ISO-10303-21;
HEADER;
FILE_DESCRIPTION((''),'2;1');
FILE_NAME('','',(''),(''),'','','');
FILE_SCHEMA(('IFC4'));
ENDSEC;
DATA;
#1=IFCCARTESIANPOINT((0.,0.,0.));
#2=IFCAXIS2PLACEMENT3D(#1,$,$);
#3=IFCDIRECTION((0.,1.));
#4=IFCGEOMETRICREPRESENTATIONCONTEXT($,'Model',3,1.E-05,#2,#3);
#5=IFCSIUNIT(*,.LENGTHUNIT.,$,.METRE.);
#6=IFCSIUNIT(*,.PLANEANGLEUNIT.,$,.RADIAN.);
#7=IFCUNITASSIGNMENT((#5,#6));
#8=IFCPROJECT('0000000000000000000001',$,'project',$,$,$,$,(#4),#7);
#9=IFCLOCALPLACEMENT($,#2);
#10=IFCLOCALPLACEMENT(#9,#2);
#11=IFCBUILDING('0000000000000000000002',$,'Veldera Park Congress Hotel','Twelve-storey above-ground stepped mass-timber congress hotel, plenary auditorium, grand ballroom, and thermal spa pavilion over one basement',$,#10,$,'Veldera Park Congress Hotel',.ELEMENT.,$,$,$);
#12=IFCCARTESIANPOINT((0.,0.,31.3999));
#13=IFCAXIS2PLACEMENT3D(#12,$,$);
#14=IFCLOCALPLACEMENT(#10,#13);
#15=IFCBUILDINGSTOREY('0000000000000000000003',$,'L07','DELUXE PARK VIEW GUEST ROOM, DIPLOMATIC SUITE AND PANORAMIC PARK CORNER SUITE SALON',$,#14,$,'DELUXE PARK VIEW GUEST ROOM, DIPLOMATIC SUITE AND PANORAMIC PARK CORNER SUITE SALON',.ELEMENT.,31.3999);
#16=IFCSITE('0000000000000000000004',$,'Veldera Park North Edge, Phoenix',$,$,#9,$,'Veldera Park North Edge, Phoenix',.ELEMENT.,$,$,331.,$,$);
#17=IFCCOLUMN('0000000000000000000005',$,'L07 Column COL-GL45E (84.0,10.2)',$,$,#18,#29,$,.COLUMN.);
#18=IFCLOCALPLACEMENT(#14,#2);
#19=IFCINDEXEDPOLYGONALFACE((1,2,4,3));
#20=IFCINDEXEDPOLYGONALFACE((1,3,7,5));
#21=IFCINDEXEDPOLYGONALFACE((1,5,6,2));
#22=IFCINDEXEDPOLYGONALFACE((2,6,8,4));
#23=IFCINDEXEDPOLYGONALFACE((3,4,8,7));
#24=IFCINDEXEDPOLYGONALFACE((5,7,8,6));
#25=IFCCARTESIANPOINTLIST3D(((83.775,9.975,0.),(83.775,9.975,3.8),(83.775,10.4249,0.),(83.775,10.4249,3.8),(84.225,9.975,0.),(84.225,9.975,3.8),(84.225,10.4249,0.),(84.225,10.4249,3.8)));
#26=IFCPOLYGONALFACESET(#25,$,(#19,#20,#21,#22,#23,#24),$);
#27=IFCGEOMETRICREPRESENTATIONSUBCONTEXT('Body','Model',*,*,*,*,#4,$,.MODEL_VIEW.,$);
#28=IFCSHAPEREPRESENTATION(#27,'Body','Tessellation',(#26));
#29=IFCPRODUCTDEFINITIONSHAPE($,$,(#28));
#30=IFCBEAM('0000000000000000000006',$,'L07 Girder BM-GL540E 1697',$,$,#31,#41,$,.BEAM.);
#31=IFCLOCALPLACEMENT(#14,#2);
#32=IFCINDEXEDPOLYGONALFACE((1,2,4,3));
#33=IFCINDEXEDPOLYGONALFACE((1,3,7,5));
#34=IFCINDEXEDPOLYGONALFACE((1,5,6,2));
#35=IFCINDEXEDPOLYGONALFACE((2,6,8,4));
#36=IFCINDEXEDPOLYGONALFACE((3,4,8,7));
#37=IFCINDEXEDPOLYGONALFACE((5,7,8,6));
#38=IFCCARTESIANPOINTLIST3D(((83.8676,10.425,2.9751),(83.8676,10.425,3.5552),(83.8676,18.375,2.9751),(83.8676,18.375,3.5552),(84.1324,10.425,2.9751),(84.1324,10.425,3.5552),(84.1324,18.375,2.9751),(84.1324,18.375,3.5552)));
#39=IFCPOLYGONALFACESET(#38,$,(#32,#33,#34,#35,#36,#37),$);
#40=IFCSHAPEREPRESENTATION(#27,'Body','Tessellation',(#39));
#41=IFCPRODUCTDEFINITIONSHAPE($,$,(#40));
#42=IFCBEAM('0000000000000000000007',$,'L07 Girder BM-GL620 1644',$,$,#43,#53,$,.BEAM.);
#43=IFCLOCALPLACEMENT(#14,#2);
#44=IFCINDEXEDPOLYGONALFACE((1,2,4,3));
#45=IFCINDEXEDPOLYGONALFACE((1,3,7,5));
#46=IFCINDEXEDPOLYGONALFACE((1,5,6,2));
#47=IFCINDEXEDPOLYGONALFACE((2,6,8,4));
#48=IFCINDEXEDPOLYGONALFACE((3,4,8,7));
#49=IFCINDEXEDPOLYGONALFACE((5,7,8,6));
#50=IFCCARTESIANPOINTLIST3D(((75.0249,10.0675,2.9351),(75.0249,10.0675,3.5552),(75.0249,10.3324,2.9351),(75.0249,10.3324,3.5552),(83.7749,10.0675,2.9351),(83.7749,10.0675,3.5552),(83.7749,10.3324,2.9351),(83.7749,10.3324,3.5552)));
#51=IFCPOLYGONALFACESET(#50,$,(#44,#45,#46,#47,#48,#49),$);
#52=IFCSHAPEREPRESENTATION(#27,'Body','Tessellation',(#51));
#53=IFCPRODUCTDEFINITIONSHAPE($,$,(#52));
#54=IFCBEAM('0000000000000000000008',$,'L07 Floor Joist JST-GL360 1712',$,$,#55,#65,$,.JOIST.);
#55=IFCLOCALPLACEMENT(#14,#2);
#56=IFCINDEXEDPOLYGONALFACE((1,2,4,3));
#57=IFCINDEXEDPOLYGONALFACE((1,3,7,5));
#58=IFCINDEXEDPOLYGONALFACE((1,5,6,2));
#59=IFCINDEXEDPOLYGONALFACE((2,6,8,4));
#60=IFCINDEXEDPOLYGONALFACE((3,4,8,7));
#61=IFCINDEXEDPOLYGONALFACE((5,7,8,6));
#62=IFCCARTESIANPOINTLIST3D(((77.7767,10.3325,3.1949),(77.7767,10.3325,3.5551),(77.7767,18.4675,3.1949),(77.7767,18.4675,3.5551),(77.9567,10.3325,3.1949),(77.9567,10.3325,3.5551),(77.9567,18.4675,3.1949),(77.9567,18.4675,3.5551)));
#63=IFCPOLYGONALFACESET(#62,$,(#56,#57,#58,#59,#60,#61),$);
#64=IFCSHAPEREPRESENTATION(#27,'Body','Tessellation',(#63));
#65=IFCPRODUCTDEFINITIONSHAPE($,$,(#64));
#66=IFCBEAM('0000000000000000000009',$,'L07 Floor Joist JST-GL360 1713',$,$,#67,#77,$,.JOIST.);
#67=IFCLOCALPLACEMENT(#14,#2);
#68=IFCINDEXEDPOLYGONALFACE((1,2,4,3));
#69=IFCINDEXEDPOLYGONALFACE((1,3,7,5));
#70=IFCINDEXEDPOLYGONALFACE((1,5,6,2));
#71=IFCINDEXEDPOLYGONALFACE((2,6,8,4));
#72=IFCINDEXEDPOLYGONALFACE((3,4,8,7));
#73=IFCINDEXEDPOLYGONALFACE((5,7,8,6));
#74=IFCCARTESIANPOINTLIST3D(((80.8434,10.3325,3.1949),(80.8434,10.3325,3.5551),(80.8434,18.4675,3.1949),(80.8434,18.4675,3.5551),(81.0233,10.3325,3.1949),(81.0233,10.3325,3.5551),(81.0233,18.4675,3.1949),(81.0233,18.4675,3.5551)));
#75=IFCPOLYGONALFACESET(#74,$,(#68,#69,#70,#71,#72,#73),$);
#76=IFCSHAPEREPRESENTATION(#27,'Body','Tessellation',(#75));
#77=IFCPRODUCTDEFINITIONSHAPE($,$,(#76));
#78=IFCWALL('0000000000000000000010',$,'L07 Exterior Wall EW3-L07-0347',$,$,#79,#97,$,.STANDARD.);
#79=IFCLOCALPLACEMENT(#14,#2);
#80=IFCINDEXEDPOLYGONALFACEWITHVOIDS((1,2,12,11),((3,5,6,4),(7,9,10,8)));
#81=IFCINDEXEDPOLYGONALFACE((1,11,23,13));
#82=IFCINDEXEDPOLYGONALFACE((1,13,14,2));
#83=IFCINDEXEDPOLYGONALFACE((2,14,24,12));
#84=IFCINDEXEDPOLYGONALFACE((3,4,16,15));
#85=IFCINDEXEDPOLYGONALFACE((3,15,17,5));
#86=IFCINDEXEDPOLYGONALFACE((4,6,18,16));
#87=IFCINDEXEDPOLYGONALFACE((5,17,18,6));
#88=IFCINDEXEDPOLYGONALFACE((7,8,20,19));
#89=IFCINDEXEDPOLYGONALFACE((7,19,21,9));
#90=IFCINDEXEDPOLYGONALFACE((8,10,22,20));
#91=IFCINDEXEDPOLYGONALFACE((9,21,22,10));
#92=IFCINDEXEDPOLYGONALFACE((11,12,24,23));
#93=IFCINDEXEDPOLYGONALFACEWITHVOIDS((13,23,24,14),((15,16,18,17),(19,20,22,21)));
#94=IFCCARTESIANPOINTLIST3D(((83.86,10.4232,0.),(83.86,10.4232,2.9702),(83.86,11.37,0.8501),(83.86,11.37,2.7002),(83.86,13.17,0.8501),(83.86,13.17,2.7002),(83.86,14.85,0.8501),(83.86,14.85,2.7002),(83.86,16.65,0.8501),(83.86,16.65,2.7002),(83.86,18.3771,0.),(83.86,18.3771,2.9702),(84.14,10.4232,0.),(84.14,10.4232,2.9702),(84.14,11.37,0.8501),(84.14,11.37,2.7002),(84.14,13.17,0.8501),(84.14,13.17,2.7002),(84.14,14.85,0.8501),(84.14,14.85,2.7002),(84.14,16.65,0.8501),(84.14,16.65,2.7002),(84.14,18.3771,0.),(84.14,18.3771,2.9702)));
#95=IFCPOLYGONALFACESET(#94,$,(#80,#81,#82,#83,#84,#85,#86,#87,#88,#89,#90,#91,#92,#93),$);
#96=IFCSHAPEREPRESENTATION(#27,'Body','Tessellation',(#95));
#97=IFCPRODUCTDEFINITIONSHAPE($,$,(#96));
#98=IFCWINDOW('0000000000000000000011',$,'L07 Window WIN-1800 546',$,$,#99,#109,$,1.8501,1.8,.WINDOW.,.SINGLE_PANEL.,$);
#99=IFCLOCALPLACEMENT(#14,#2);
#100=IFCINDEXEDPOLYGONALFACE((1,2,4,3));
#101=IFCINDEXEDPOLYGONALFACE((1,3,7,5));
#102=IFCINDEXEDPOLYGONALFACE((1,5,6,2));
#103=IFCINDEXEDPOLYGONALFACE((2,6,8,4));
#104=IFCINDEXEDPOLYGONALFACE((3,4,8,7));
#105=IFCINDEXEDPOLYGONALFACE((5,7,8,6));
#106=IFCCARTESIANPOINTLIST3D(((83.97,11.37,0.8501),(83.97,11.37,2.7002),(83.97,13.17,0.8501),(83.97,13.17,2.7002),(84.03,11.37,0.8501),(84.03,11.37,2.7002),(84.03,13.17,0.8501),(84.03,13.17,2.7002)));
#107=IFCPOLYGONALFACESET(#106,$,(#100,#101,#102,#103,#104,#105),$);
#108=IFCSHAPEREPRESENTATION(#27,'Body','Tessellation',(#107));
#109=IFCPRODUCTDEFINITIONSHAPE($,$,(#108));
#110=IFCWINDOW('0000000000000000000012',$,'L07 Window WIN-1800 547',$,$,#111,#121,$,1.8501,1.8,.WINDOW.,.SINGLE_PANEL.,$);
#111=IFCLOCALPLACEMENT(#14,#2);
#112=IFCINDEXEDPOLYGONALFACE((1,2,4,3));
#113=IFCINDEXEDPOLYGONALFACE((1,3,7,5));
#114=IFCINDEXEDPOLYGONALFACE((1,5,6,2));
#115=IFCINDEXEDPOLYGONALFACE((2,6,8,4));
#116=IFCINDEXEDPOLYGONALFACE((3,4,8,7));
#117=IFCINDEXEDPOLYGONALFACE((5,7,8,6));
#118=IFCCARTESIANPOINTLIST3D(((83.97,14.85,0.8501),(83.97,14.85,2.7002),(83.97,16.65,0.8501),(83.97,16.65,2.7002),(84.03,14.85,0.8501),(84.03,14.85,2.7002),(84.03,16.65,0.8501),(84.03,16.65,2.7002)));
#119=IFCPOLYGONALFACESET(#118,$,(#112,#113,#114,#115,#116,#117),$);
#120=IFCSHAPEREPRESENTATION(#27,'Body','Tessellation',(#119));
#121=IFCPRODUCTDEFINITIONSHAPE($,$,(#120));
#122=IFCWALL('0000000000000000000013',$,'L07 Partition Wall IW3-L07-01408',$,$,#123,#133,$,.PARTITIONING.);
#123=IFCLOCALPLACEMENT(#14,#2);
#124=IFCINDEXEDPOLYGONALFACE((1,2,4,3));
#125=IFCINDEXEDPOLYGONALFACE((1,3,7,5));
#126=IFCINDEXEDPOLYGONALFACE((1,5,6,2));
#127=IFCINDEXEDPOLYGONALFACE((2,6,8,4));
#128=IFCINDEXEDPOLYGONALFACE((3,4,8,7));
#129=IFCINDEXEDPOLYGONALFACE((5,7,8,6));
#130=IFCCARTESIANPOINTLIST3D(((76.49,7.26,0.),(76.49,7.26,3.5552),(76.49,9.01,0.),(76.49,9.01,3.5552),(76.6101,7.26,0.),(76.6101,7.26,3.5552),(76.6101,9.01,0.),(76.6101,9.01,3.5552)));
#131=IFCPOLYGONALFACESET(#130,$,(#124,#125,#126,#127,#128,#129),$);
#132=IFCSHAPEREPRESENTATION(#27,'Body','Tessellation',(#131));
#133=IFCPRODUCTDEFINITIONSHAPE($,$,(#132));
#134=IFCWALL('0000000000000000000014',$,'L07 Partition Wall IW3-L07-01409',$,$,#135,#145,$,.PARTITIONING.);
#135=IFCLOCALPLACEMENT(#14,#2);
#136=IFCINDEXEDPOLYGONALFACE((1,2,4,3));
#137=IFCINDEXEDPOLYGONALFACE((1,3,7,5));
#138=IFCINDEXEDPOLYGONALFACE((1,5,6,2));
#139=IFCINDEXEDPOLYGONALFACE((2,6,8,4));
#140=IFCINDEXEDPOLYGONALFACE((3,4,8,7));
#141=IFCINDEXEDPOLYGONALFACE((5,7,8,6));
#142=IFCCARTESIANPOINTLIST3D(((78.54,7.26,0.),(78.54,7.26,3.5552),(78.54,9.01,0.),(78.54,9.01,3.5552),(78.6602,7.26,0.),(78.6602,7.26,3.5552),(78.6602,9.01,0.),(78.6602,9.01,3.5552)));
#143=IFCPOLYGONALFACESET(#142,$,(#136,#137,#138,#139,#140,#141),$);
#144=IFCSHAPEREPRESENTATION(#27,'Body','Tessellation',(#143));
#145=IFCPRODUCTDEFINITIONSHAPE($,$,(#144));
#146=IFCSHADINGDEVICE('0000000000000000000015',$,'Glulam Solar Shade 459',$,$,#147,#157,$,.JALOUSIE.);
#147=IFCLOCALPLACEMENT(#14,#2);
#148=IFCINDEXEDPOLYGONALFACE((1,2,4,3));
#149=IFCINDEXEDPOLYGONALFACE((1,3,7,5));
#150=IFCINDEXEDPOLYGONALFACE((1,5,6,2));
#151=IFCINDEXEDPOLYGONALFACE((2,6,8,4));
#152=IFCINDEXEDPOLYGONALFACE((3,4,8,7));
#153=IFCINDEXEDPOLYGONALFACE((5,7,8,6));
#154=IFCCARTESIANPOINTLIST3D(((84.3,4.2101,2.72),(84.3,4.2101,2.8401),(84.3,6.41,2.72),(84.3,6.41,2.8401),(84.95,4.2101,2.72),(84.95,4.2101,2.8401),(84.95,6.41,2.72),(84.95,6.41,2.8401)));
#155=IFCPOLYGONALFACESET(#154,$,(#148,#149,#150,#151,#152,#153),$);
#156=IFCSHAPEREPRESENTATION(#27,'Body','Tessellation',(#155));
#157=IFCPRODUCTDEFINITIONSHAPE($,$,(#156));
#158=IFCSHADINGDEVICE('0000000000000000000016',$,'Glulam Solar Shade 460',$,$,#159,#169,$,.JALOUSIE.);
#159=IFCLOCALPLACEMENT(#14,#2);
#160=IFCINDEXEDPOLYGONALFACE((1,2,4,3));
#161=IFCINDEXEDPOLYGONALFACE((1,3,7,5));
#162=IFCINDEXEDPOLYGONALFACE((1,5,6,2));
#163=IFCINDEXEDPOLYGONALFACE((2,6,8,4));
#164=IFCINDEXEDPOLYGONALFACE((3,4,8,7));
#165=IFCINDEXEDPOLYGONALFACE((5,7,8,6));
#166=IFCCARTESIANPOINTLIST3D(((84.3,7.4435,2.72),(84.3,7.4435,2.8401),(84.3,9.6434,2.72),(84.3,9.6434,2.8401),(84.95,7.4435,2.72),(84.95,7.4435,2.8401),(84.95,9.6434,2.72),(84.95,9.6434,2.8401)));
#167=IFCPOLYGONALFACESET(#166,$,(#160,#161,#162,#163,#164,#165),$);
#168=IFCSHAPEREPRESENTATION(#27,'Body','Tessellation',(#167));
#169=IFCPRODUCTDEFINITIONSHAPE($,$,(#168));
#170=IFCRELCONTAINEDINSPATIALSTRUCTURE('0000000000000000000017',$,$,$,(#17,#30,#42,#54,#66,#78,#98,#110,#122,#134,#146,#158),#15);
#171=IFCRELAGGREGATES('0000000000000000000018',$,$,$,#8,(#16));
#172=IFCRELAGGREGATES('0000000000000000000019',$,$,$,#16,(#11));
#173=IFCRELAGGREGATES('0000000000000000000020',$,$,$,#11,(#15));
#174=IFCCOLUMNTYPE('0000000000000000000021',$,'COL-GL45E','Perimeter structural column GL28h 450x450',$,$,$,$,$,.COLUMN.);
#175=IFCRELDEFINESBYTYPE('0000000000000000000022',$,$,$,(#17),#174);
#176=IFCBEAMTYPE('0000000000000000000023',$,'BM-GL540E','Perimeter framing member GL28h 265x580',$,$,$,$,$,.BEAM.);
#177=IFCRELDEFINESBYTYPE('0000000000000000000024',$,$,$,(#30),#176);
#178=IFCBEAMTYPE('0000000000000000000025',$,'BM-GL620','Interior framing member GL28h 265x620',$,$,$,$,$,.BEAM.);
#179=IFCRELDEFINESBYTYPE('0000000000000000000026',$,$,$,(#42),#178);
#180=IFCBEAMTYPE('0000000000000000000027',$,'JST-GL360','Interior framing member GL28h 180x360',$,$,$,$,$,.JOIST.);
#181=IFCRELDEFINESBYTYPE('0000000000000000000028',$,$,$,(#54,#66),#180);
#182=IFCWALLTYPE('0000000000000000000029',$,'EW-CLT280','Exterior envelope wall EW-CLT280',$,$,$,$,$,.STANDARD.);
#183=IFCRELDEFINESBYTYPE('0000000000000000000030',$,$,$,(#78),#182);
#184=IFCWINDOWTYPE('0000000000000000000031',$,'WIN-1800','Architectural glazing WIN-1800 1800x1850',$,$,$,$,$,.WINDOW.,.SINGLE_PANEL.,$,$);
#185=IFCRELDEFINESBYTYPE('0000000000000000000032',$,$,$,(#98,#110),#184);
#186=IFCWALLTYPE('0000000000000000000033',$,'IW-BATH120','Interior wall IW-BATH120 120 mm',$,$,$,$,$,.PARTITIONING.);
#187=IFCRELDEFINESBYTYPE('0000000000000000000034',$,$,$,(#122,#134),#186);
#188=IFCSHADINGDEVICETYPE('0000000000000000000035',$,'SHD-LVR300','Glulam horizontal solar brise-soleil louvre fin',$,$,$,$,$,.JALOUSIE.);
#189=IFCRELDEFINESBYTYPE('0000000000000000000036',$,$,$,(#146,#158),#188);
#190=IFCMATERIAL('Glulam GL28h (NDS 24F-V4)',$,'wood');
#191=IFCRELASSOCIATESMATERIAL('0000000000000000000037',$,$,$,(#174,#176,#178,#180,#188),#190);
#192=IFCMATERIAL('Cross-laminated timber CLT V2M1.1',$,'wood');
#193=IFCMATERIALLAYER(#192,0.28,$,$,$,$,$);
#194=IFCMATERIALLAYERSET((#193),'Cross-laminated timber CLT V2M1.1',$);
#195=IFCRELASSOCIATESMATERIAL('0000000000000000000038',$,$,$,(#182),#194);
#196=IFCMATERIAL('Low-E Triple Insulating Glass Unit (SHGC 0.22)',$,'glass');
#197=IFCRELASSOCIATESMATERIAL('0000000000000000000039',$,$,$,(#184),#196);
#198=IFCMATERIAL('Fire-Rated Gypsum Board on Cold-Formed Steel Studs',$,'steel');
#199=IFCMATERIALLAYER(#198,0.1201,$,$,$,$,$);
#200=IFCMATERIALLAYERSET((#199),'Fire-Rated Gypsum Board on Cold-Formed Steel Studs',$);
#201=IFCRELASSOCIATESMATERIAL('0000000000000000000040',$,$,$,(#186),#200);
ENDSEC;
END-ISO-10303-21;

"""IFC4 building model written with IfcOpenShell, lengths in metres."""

from ifc_helpers import new_model, si_unit, direction, frame, frame_2d, origin, origin_2d, place, context, subcontext, project, spatial, rectangle, extrude, material, layer, layer_set, material_profile, profile_set, type_object, element, fill, save


model = new_model("IFC4")

# Units and contexts
model_context = context("Model", 3, precision=1e-05, world=origin(), true_north=direction((0.0, 1.0)))
body_context = subcontext(model_context, "Body", "Model", "MODEL_VIEW")
ifc_project = project(units=[si_unit("LENGTHUNIT", "METRE"), si_unit("PLANEANGLEUNIT", "RADIAN")], contexts=[model_context])

# Site, building, storey
site_placement = place(None, origin())
site = spatial("IfcSite", under=ifc_project, at=site_placement, Name="Veldera Park North Edge, Phoenix", LongName="Veldera Park North Edge, Phoenix", CompositionType="ELEMENT", RefElevation=331.0)
building_placement = place(site_placement, origin())
building = spatial("IfcBuilding", under=site, at=building_placement, Name="Veldera Park Congress Hotel", Description="Twelve-storey above-ground stepped mass-timber congress hotel, plenary auditorium, grand ballroom, and thermal spa pavilion over one basement", LongName="Veldera Park Congress Hotel", CompositionType="ELEMENT")
storey_placement = place(building_placement, frame((0.0, 0.0, 31.3999)))
storey = spatial("IfcBuildingStorey", under=building, at=storey_placement, Name="L07", Description="DELUXE PARK VIEW GUEST ROOM, DIPLOMATIC SUITE AND PANORAMIC PARK CORNER SUITE SALON", LongName="DELUXE PARK VIEW GUEST ROOM, DIPLOMATIC SUITE AND PANORAMIC PARK CORNER SUITE SALON", CompositionType="ELEMENT", Elevation=31.3999)

# Column
ifc_material_1 = material(Name="Glulam GL28h (NDS 24F-V4)", Category="wood")
ifc_material_profile_1 = material_profile(ifc_material_1, rectangle(XDim=0.45, YDim=0.45, at=origin_2d()), Name="GL28h 450x450")
ifc_profile_set_1 = profile_set([ifc_material_profile_1], Name="Glulam GL28h (NDS 24F-V4)")
column_type = type_object("IfcColumnType", Name="COL-GL45E", Description="Perimeter structural column GL28h 450x450", PredefinedType="COLUMN", material=ifc_profile_set_1)
column_placement = place(storey_placement, frame((84.0, 10.2, 0.0), z_axis=(0.0, 0.0, 1.0), x_axis=(1.0, 0.0, 0.0)))
element("IfcColumn", 1, at=column_placement, inside=storey, type_object=column_type, Name="L07 Column COL-GL45E (84.0,10.2)", PredefinedType="COLUMN", context=body_context, shape_type="SweptSolid", body=[
    extrude(rectangle(XDim=0.45, YDim=0.45, at=origin_2d()), origin(), (0.0, 0.0, 1.0), 3.8),
])

# Beams
ifc_material_profile_2 = material_profile(ifc_material_1, rectangle(XDim=0.2649, YDim=0.5801, at=origin_2d()), Name="GL28h 265x580")
ifc_profile_set_2 = profile_set([ifc_material_profile_2], Name="Glulam GL28h (NDS 24F-V4)")
beam_type_1 = type_object("IfcBeamType", Name="BM-GL540E", Description="Perimeter framing member GL28h 265x580", PredefinedType="BEAM", material=ifc_profile_set_2)
beam_1_placement = place(storey_placement, frame((84.0, 10.425, 3.2651), z_axis=(0.0, 1.0, 0.0), x_axis=(-1.0, 0.0, 0.0)))
element("IfcBeam", 2, at=beam_1_placement, inside=storey, type_object=beam_type_1, Name="L07 Girder BM-GL540E 1697", PredefinedType="BEAM", context=body_context, shape_type="SweptSolid", body=[
    extrude(rectangle(XDim=0.2649, YDim=0.5801, at=origin_2d()), origin(), (0.0, 0.0, 1.0), 7.95),
])
ifc_material_profile_3 = material_profile(ifc_material_1, rectangle(XDim=0.2649, YDim=0.6201, at=origin_2d()), Name="GL28h 265x620")
ifc_profile_set_3 = profile_set([ifc_material_profile_3], Name="Glulam GL28h (NDS 24F-V4)")
beam_type_2 = type_object("IfcBeamType", Name="BM-GL620", Description="Interior framing member GL28h 265x620", PredefinedType="BEAM", material=ifc_profile_set_3)
beam_2_placement = place(storey_placement, frame((75.0249, 10.2, 3.2451), z_axis=(1.0, 0.0, 0.0), x_axis=(0.0, 1.0, 0.0)))
element("IfcBeam", 3, at=beam_2_placement, inside=storey, type_object=beam_type_2, Name="L07 Girder BM-GL620 1644", PredefinedType="BEAM", context=body_context, shape_type="SweptSolid", body=[
    extrude(rectangle(XDim=0.2649, YDim=0.6201, at=origin_2d()), origin(), (0.0, 0.0, 1.0), 8.75),
])
ifc_material_profile_4 = material_profile(ifc_material_1, rectangle(XDim=0.1799, YDim=0.3601, at=origin_2d()), Name="GL28h 180x360")
ifc_profile_set_4 = profile_set([ifc_material_profile_4], Name="Glulam GL28h (NDS 24F-V4)")
beam_type_3 = type_object("IfcBeamType", Name="JST-GL360", Description="Interior framing member GL28h 180x360", PredefinedType="JOIST", material=ifc_profile_set_4)
for number, where, z_axis, x_axis, name in (
    (4, (77.8667, 10.3325, 3.375), (0.0, 1.0, 0.0), (-1.0, 0.0, 0.0), "L07 Floor Joist JST-GL360 1712"),
    (5, (80.9333, 10.3325, 3.375), (0.0, 1.0, 0.0), (-1.0, 0.0, 0.0), "L07 Floor Joist JST-GL360 1713"),
):
    element("IfcBeam", number, at=place(storey_placement, frame(where, z_axis=z_axis, x_axis=x_axis)), inside=storey, type_object=beam_type_3, Name=name, PredefinedType="JOIST", context=body_context, shape_type="SweptSolid", body=[
        extrude(rectangle(XDim=0.1799, YDim=0.3601, at=origin_2d()), origin(), (0.0, 0.0, 1.0), 8.135),
    ])

# Wall, openings, windows
ifc_material_2 = material(Name="Cross-laminated timber CLT V2M1.1", Category="wood")
ifc_layer_1 = layer(ifc_material_2, 0.28)
ifc_layer_set_1 = layer_set([ifc_layer_1], Name="Cross-laminated timber CLT V2M1.1")
wall_type_1 = type_object("IfcWallType", Name="EW-CLT280", Description="Exterior envelope wall EW-CLT280", PredefinedType="STANDARD", material=ifc_layer_set_1)
wall_1_placement = place(storey_placement, frame((84.0, 10.4231, 0.0), z_axis=(0.0, 0.0, 1.0), x_axis=(0.0, 1.0, 0.0)))
wall_1 = element("IfcWall", 6, at=wall_1_placement, inside=storey, type_object=wall_type_1, Name="L07 Exterior Wall EW3-L07-0347", PredefinedType="STANDARD", context=body_context, shape_type="SweptSolid", body=[
    extrude(rectangle(XDim=7.9539, YDim=0.28, at=frame_2d((3.9771, 0.0))), origin(), (0.0, 0.0, 1.0), 2.9702),
])
opening_1_placement = place(wall_1_placement, frame((0.947, 0.0, 0.8501)))
opening_1 = element("IfcOpeningElement", 7, at=opening_1_placement, cuts=wall_1, PredefinedType="OPENING", context=body_context, shape_type="SweptSolid", body=[
    extrude(rectangle(XDim=1.8, YDim=1.8501, at=frame_2d((0.8999, 0.925))), frame((0.0, 0.1521, 0.0), z_axis=(0.0, -1.0, 0.0), x_axis=(1.0, 0.0, 0.0)), (0.0, 0.0, 1.0), 0.304),
])
opening_2_placement = place(wall_1_placement, frame((4.427, 0.0, 0.8501)))
opening_2 = element("IfcOpeningElement", 8, at=opening_2_placement, cuts=wall_1, PredefinedType="OPENING", context=body_context, shape_type="SweptSolid", body=[
    extrude(rectangle(XDim=1.8, YDim=1.8501, at=frame_2d((0.8999, 0.925))), frame((0.0, 0.1521, 0.0), z_axis=(0.0, -1.0, 0.0), x_axis=(1.0, 0.0, 0.0)), (0.0, 0.0, 1.0), 0.304),
])
ifc_material_3 = material(Name="Low-E Triple Insulating Glass Unit (SHGC 0.22)", Category="glass")
window_type = type_object("IfcWindowType", Name="WIN-1800", Description="Architectural glazing WIN-1800 1800x1850", PartitioningType="SINGLE_PANEL", PredefinedType="WINDOW", material=ifc_material_3)
window_1_placement = place(opening_1_placement, origin())
window_1 = element("IfcWindow", 9, at=window_1_placement, inside=storey, type_object=window_type, Name="L07 Window WIN-1800 546", OverallHeight=1.8501, OverallWidth=1.8, PartitioningType="SINGLE_PANEL", PredefinedType="WINDOW", context=body_context, shape_type="SweptSolid", body=[
    extrude(rectangle(XDim=1.8, YDim=1.8501, at=frame_2d((0.8999, 0.925))), frame((0.0, 0.03, 0.0), z_axis=(0.0, -1.0, 0.0), x_axis=(1.0, 0.0, 0.0)), (0.0, 0.0, 1.0), 0.0601),
])
fill(opening_1, window_1)
window_2_placement = place(opening_2_placement, origin())
window_2 = element("IfcWindow", 10, at=window_2_placement, inside=storey, type_object=window_type, Name="L07 Window WIN-1800 547", OverallHeight=1.8501, OverallWidth=1.8, PartitioningType="SINGLE_PANEL", PredefinedType="WINDOW", context=body_context, shape_type="SweptSolid", body=[
    extrude(rectangle(XDim=1.8, YDim=1.8501, at=frame_2d((0.8999, 0.925))), frame((0.0, 0.03, 0.0), z_axis=(0.0, -1.0, 0.0), x_axis=(1.0, 0.0, 0.0)), (0.0, 0.0, 1.0), 0.0601),
])
fill(opening_2, window_2)

# Shared definitions
ifc_material_4 = material(Name="Fire-Rated Gypsum Board on Cold-Formed Steel Studs", Category="steel")
ifc_layer_2 = layer(ifc_material_4, 0.1201)
ifc_layer_set_2 = layer_set([ifc_layer_2], Name="Fire-Rated Gypsum Board on Cold-Formed Steel Studs")
wall_type_2 = type_object("IfcWallType", Name="IW-BATH120", Description="Interior wall IW-BATH120 120 mm", PredefinedType="PARTITIONING", material=ifc_layer_set_2)

# Walls
for number, where, z_axis, x_axis, name in (
    (11, (76.55, 7.26, 0.0), (0.0, 0.0, 1.0), (0.0, 1.0, 0.0), "L07 Partition Wall IW3-L07-01408"),
    (12, (78.6001, 7.26, 0.0), (0.0, 0.0, 1.0), (0.0, 1.0, 0.0), "L07 Partition Wall IW3-L07-01409"),
):
    element("IfcWall", number, at=place(storey_placement, frame(where, z_axis=z_axis, x_axis=x_axis)), inside=storey, type_object=wall_type_2, Name=name, PredefinedType="PARTITIONING", context=body_context, shape_type="SweptSolid", body=[
        extrude(rectangle(XDim=1.75, YDim=0.1201, at=frame_2d((0.875, 0.0))), origin(), (0.0, 0.0, 1.0), 3.5552),
    ])

# Shading devices
shading_device_type = type_object("IfcShadingDeviceType", Name="SHD-LVR300", Description="Glulam horizontal solar brise-soleil louvre fin", PredefinedType="JALOUSIE", material=ifc_material_1)
for number, where, z_axis, x_axis, name in (
    (13, (84.625, 5.3101, 2.72), (0.0, 0.0, 1.0), (0.0, 1.0, 0.0), "Glulam Solar Shade 459"),
    (14, (84.625, 8.5435, 2.72), (0.0, 0.0, 1.0), (0.0, 1.0, 0.0), "Glulam Solar Shade 460"),
):
    element("IfcShadingDevice", number, at=place(storey_placement, frame(where, z_axis=z_axis, x_axis=x_axis)), inside=storey, type_object=shading_device_type, Name=name, PredefinedType="JALOUSIE", context=body_context, shape_type="SweptSolid", body=[
        extrude(rectangle(XDim=2.2, YDim=0.6499, at=origin_2d()), origin(), (0.0, 0.0, 1.0), 0.1201),
    ])

save(model, "model.ifc")
